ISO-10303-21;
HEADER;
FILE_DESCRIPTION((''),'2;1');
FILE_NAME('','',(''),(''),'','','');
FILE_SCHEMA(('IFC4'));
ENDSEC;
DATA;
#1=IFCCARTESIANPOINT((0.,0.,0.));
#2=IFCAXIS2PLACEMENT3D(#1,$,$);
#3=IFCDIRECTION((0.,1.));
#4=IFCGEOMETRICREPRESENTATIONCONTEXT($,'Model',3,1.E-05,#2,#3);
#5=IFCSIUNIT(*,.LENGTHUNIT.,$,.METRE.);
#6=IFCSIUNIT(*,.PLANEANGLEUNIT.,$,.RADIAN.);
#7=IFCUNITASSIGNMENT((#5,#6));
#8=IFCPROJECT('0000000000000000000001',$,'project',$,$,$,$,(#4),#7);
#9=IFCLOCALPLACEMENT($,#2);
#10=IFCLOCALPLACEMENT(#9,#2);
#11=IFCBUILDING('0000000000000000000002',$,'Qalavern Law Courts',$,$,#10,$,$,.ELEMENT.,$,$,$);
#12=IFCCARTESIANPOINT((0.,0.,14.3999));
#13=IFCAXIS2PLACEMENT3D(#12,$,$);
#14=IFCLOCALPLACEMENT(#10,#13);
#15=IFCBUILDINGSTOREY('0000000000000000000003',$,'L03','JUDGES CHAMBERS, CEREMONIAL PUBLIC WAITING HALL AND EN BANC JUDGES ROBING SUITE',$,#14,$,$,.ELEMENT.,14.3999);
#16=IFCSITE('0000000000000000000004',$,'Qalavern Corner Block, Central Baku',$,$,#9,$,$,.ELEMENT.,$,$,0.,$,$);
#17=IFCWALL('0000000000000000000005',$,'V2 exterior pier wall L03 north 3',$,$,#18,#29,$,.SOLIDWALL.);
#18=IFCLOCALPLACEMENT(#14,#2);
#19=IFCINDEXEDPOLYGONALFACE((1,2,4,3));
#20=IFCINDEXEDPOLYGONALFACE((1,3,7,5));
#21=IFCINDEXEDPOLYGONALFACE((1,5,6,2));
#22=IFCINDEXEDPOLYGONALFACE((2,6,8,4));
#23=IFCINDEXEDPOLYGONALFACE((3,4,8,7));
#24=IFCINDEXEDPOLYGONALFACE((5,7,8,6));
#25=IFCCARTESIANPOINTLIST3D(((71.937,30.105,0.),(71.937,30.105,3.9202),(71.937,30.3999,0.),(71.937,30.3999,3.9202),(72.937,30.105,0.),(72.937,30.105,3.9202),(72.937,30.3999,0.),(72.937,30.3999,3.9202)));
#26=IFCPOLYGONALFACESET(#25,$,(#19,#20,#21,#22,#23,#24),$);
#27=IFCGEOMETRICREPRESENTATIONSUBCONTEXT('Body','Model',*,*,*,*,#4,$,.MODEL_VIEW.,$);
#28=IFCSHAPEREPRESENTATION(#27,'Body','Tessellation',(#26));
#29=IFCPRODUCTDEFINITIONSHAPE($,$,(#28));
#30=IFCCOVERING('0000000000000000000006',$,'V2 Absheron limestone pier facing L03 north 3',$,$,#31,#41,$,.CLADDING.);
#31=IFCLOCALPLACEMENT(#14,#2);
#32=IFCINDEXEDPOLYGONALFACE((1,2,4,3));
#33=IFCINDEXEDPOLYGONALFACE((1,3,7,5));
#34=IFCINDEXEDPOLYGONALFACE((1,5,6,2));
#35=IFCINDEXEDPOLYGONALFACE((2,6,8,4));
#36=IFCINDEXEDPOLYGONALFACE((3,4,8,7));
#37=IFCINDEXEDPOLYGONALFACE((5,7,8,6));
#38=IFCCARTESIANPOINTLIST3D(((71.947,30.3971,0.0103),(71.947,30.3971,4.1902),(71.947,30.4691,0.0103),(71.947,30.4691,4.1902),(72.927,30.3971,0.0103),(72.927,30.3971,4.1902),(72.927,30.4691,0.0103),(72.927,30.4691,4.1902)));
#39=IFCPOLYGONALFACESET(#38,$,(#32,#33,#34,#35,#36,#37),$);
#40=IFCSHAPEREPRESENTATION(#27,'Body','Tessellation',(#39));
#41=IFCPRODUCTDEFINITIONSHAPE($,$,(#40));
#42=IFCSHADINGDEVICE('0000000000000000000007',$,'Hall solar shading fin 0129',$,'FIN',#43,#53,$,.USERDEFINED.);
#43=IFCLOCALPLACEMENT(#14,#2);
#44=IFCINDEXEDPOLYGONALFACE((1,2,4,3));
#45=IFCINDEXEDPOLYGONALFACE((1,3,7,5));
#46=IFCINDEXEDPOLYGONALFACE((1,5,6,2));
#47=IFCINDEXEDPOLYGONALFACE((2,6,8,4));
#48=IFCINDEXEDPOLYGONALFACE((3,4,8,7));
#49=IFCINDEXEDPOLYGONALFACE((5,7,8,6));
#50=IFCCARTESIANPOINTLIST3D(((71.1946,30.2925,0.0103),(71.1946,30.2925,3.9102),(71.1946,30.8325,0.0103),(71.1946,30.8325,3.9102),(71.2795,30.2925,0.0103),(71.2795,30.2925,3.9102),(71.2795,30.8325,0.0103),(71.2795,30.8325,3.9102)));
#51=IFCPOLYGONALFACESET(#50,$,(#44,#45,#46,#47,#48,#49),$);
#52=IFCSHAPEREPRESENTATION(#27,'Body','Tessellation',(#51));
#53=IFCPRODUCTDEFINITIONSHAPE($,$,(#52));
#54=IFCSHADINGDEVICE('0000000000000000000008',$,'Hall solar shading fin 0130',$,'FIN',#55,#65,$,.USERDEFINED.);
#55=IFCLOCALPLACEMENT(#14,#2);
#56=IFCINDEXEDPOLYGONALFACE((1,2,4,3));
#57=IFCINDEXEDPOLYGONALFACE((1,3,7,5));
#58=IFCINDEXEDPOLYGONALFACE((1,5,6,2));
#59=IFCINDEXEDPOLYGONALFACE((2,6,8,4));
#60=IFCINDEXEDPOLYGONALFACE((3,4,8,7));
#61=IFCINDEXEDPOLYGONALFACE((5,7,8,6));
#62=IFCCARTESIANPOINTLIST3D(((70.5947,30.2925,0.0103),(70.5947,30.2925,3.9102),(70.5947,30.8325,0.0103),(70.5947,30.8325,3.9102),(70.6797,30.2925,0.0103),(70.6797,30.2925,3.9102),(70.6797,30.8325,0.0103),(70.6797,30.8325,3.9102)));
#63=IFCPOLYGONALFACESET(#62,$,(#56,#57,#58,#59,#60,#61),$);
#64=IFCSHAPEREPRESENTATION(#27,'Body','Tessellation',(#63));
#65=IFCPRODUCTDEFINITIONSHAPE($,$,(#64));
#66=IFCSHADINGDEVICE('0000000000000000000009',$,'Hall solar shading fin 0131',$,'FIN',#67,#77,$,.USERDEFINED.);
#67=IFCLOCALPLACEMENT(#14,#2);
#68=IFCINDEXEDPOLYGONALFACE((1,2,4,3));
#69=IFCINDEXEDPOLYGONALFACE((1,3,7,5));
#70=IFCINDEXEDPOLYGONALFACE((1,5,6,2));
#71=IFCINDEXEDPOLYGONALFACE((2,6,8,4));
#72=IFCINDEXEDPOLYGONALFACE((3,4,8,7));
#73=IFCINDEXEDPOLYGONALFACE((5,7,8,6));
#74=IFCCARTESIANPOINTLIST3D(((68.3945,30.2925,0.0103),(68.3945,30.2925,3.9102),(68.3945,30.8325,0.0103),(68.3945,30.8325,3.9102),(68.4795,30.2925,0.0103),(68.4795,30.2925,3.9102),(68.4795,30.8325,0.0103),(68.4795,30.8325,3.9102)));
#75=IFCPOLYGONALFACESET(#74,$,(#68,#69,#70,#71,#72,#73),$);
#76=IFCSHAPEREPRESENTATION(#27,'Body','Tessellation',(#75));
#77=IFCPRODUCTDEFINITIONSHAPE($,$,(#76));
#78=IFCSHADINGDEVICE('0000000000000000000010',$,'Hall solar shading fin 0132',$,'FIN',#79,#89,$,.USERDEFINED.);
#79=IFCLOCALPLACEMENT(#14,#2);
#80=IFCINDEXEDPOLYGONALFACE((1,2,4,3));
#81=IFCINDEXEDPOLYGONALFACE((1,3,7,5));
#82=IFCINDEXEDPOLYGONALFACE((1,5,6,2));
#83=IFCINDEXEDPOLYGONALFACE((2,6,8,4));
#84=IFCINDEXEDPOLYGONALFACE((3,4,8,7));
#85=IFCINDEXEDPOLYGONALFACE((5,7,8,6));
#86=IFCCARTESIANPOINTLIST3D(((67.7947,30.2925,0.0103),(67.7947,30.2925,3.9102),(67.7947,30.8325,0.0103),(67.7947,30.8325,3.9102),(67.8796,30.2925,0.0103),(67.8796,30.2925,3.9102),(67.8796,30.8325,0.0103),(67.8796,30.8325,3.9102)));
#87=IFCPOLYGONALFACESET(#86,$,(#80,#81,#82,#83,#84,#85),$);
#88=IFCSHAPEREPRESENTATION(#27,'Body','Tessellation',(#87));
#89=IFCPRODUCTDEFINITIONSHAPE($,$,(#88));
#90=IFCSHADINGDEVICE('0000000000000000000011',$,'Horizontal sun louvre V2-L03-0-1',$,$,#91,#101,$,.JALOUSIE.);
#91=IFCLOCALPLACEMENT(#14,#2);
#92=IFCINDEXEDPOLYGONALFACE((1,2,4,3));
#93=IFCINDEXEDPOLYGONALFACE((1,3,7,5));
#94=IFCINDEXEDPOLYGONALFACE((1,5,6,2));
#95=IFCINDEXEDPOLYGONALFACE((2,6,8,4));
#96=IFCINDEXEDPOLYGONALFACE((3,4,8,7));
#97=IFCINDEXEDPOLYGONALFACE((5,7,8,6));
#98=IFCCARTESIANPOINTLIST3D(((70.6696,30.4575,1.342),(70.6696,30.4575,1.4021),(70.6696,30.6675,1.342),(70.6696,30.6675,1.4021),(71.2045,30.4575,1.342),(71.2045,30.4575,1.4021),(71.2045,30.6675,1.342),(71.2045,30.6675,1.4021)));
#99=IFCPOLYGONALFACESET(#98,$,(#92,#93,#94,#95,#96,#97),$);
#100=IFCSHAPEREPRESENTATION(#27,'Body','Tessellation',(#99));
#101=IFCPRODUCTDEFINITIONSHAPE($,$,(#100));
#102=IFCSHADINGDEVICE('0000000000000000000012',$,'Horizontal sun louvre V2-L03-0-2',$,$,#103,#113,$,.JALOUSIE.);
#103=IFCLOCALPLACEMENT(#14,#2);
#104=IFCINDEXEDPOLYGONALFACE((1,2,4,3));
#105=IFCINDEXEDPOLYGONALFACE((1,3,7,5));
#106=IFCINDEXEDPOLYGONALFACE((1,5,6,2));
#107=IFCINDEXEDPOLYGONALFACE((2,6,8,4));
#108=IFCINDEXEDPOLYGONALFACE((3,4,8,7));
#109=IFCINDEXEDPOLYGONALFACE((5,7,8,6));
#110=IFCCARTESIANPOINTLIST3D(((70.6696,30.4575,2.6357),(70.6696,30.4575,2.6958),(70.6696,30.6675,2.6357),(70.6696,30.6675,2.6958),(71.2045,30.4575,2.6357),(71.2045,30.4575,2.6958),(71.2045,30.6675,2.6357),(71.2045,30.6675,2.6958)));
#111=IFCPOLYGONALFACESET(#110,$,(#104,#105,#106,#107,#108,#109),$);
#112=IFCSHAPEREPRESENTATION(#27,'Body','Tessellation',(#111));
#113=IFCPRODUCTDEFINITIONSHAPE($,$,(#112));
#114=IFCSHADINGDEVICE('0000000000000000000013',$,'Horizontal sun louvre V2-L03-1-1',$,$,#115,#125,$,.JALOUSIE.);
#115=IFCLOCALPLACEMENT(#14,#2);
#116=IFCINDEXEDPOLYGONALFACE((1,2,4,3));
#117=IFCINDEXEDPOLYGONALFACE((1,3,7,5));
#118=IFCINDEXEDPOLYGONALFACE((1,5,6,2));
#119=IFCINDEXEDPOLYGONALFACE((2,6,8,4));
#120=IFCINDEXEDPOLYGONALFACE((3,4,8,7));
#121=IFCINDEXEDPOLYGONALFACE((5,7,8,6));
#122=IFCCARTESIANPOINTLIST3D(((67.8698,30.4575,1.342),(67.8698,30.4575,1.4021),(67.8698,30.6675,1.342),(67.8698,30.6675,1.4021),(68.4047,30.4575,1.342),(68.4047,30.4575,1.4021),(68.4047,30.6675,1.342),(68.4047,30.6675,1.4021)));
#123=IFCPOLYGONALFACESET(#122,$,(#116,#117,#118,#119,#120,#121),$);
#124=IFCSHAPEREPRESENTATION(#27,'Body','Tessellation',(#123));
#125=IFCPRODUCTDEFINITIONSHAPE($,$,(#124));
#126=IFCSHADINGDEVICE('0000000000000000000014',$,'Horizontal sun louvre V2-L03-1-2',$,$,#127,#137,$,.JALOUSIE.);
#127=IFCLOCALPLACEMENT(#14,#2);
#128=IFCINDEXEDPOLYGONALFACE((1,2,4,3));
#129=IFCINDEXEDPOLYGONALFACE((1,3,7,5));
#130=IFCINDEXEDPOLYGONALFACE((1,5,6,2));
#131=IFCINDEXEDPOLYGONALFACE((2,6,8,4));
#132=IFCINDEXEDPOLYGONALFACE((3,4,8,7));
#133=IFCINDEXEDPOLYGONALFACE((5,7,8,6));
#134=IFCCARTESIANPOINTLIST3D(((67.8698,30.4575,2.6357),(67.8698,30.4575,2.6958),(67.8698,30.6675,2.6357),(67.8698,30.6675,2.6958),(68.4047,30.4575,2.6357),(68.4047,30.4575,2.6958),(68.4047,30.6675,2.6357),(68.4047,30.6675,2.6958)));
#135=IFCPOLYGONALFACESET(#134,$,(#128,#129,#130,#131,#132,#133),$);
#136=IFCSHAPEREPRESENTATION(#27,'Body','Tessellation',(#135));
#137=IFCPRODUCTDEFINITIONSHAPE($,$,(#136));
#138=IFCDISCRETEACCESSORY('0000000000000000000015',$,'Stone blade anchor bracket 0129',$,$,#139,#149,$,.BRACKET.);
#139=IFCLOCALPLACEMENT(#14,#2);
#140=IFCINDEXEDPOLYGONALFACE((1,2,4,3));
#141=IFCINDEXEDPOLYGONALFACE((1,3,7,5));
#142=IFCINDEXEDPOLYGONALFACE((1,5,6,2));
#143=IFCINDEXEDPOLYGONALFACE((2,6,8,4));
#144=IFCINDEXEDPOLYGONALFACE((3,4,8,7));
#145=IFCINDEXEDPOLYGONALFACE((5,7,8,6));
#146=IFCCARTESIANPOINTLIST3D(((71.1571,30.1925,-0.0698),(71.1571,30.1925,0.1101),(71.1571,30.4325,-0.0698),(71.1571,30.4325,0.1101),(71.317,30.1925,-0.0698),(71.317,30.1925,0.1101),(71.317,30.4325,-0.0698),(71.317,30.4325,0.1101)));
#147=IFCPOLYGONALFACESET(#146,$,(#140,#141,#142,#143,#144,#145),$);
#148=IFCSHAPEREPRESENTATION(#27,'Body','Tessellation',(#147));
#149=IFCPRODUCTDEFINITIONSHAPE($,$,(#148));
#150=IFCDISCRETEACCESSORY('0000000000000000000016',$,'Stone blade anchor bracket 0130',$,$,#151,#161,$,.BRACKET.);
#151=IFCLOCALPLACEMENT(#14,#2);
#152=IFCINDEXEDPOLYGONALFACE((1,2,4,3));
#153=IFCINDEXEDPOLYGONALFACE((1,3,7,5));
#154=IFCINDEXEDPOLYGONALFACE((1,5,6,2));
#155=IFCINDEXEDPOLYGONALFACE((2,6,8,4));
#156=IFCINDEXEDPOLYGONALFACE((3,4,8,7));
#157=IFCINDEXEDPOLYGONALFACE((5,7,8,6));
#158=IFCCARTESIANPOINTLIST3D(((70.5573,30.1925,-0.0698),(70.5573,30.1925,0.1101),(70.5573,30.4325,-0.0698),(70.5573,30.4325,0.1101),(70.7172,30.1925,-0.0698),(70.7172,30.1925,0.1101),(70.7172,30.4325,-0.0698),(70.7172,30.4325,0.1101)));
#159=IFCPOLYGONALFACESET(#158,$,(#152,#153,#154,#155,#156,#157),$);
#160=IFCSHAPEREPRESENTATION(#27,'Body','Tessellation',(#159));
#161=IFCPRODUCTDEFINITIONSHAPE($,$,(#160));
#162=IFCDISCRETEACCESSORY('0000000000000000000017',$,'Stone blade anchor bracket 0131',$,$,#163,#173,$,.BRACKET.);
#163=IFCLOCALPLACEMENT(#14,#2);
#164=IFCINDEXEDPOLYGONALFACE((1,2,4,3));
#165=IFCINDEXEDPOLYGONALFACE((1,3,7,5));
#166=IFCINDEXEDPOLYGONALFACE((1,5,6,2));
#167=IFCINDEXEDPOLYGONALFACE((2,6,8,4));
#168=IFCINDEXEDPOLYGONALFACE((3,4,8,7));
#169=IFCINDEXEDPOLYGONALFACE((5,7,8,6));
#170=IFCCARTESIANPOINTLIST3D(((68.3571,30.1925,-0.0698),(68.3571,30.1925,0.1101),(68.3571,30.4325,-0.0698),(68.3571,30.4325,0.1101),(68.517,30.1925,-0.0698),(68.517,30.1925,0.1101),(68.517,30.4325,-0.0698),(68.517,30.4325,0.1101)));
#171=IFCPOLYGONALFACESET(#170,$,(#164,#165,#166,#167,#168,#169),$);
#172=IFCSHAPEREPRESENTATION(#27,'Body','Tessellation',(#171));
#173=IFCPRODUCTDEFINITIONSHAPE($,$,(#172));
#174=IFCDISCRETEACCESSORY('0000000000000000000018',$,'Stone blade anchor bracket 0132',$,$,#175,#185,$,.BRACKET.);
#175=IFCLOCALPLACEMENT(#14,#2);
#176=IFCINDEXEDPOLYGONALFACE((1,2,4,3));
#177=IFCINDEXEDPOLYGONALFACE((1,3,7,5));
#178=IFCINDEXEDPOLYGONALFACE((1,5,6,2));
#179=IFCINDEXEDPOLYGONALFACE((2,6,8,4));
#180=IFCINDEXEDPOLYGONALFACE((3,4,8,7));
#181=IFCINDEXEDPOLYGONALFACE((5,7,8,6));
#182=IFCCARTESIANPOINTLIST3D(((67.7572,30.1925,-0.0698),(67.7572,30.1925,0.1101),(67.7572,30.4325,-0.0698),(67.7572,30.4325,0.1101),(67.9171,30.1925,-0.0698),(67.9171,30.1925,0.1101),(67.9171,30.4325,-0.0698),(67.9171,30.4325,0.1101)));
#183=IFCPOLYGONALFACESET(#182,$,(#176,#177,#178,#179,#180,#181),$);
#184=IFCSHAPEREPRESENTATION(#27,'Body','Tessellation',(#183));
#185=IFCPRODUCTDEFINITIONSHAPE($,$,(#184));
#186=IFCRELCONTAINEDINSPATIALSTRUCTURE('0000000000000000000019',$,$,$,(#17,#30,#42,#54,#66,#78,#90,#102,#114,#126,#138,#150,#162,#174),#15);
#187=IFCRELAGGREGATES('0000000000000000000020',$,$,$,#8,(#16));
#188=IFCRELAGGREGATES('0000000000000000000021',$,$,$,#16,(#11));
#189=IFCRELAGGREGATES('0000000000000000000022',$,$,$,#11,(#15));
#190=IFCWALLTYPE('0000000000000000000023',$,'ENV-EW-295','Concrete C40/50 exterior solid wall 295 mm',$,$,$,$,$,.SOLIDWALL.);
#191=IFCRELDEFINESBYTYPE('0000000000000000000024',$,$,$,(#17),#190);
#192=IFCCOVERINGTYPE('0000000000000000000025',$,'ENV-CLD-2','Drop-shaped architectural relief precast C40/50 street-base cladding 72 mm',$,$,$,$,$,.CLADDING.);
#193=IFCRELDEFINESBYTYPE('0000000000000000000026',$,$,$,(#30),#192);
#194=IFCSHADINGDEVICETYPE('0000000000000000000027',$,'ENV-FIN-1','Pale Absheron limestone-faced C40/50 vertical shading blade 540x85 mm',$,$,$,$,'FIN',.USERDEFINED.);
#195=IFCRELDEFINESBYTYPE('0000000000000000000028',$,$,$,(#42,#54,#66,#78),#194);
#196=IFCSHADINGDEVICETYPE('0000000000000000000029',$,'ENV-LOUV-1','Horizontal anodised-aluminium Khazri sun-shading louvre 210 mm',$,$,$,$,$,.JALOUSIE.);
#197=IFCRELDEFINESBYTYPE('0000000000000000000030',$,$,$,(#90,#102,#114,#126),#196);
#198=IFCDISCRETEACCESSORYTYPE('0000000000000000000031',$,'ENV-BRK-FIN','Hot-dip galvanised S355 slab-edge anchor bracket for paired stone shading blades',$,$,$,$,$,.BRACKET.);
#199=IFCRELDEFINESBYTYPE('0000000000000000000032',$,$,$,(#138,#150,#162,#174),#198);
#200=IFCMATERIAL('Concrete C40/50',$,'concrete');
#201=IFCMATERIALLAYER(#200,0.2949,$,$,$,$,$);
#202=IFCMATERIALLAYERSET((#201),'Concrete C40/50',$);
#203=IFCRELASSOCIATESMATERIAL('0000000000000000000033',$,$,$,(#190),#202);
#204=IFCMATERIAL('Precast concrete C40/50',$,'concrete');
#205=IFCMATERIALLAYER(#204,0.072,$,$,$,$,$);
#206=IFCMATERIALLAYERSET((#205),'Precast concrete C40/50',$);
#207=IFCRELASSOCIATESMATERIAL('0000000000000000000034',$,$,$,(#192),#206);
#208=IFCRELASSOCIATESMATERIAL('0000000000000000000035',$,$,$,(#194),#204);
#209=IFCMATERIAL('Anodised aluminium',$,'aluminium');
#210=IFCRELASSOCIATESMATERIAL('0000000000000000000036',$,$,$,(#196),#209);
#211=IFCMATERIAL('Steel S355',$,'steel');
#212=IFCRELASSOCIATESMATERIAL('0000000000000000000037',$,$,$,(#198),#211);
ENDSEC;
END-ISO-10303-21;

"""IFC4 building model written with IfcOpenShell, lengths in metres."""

from ifc_helpers import new_model, si_unit, direction, frame, frame_2d, origin, origin_2d, place, context, subcontext, project, spatial, rectangle, extrude, material, layer, layer_set, type_object, element, save


model = new_model("IFC4")

# Units and contexts
model_context = context("Model", 3, precision=1e-05, world=origin(), true_north=direction((0.0, 1.0)))
body_context = subcontext(model_context, "Body", "Model", "MODEL_VIEW")
ifc_project = project(units=[si_unit("LENGTHUNIT", "METRE"), si_unit("PLANEANGLEUNIT", "RADIAN")], contexts=[model_context])

# Site, building, storey
site_placement = place(None, origin())
site = spatial("IfcSite", under=ifc_project, at=site_placement, Name="Qalavern Corner Block, Central Baku", CompositionType="ELEMENT", RefElevation=0.0)
building_placement = place(site_placement, origin())
building = spatial("IfcBuilding", under=site, at=building_placement, Name="Qalavern Law Courts", CompositionType="ELEMENT")
storey_placement = place(building_placement, frame((0.0, 0.0, 14.3999)))
storey = spatial("IfcBuildingStorey", under=building, at=storey_placement, Name="L03", Description="JUDGES CHAMBERS, CEREMONIAL PUBLIC WAITING HALL AND EN BANC JUDGES ROBING SUITE", CompositionType="ELEMENT", Elevation=14.3999)

# Shared definitions
ifc_material_1 = material(Name="Anodised aluminium", Category="aluminium")

# Wall
ifc_material_2 = material(Name="Concrete C40/50", Category="concrete")
ifc_layer_1 = layer(ifc_material_2, 0.2949)
ifc_layer_set_1 = layer_set([ifc_layer_1], Name="Concrete C40/50")
wall_type = type_object("IfcWallType", Name="ENV-EW-295", Description="Concrete C40/50 exterior solid wall 295 mm", PredefinedType="SOLIDWALL", material=ifc_layer_set_1)
wall_placement = place(storey_placement, frame((72.937, 30.2524, 0.0), z_axis=(0.0, 0.0, 1.0), x_axis=(-1.0, 0.0, 0.0)))
element("IfcWall", 1, at=wall_placement, inside=storey, type_object=wall_type, Name="V2 exterior pier wall L03 north 3", PredefinedType="SOLIDWALL", context=body_context, shape_type="SweptSolid", body=[
    extrude(rectangle(XDim=1.0, YDim=0.2949, at=frame_2d((0.5, 0.0))), origin(), (0.0, 0.0, 1.0), 3.9202),
])

# Covering
ifc_material_3 = material(Name="Precast concrete C40/50", Category="concrete")
ifc_layer_2 = layer(ifc_material_3, 0.072)
ifc_layer_set_2 = layer_set([ifc_layer_2], Name="Precast concrete C40/50")
covering_type = type_object("IfcCoveringType", Name="ENV-CLD-2", Description="Drop-shaped architectural relief precast C40/50 street-base cladding 72 mm", PredefinedType="CLADDING", material=ifc_layer_set_2)
covering_placement = place(storey_placement, frame((72.437, 30.4331, 0.0103), z_axis=(0.0, 0.0, 1.0), x_axis=(-1.0, 0.0, 0.0)))
element("IfcCovering", 2, at=covering_placement, inside=storey, type_object=covering_type, Name="V2 Absheron limestone pier facing L03 north 3", PredefinedType="CLADDING", context=body_context, shape_type="SweptSolid", body=[
    extrude(rectangle(XDim=0.98, YDim=0.072, at=origin_2d()), origin(), (0.0, 0.0, 1.0), 4.1799),
])

# Shading devices
shading_device_type_1 = type_object("IfcShadingDeviceType", Name="ENV-FIN-1", Description="Pale Absheron limestone-faced C40/50 vertical shading blade 540x85 mm", ElementType="FIN", PredefinedType="USERDEFINED", material=ifc_material_3)
for number, where, z_axis, x_axis, name in (
    (3, (71.2371, 30.5625, 0.0103), (0.0, 0.0, 1.0), (0.0, 1.0, 0.0), "Hall solar shading fin 0129"),
    (4, (70.6372, 30.5625, 0.0103), (0.0, 0.0, 1.0), (0.0, 1.0, 0.0), "Hall solar shading fin 0130"),
    (5, (68.437, 30.5625, 0.0103), (0.0, 0.0, 1.0), (0.0, 1.0, 0.0), "Hall solar shading fin 0131"),
    (6, (67.8372, 30.5625, 0.0103), (0.0, 0.0, 1.0), (0.0, 1.0, 0.0), "Hall solar shading fin 0132"),
):
    element("IfcShadingDevice", number, at=place(storey_placement, frame(where, z_axis=z_axis, x_axis=x_axis)), inside=storey, type_object=shading_device_type_1, Name=name, ObjectType="FIN", PredefinedType="USERDEFINED", context=body_context, shape_type="SweptSolid", body=[
        extrude(rectangle(XDim=0.54, YDim=0.085, at=origin_2d()), origin(), (0.0, 0.0, 1.0), 3.8999),
    ])
shading_device_type_2 = type_object("IfcShadingDeviceType", Name="ENV-LOUV-1", Description="Horizontal anodised-aluminium Khazri sun-shading louvre 210 mm", PredefinedType="JALOUSIE", material=ifc_material_1)
for number, where, z_axis, x_axis, name in (
    (7, (70.937, 30.5625, 1.342), (0.0, 0.0, 1.0), (-1.0, 0.0, 0.0), "Horizontal sun louvre V2-L03-0-1"),
    (8, (70.937, 30.5625, 2.6357), (0.0, 0.0, 1.0), (-1.0, 0.0, 0.0), "Horizontal sun louvre V2-L03-0-2"),
    (9, (68.1372, 30.5625, 1.342), (0.0, 0.0, 1.0), (-1.0, 0.0, 0.0), "Horizontal sun louvre V2-L03-1-1"),
    (10, (68.1372, 30.5625, 2.6357), (0.0, 0.0, 1.0), (-1.0, 0.0, 0.0), "Horizontal sun louvre V2-L03-1-2"),
):
    element("IfcShadingDevice", number, at=place(storey_placement, frame(where, z_axis=z_axis, x_axis=x_axis)), inside=storey, type_object=shading_device_type_2, Name=name, PredefinedType="JALOUSIE", context=body_context, shape_type="SweptSolid", body=[
        extrude(rectangle(XDim=0.5349, YDim=0.21, at=origin_2d()), origin(), (0.0, 0.0, 1.0), 0.0601),
    ])

# Discrete accessories
ifc_material_4 = material(Name="Steel S355", Category="steel")
discrete_accessory_type = type_object("IfcDiscreteAccessoryType", Name="ENV-BRK-FIN", Description="Hot-dip galvanised S355 slab-edge anchor bracket for paired stone shading blades", PredefinedType="BRACKET", material=ifc_material_4)
for number, where, z_axis, x_axis, name in (
    (11, (71.2371, 30.3125, -0.0698), (0.0, 0.0, 1.0), (0.0, 1.0, 0.0), "Stone blade anchor bracket 0129"),
    (12, (70.6372, 30.3125, -0.0698), (0.0, 0.0, 1.0), (0.0, 1.0, 0.0), "Stone blade anchor bracket 0130"),
    (13, (68.437, 30.3125, -0.0698), (0.0, 0.0, 1.0), (0.0, 1.0, 0.0), "Stone blade anchor bracket 0131"),
    (14, (67.8372, 30.3125, -0.0698), (0.0, 0.0, 1.0), (0.0, 1.0, 0.0), "Stone blade anchor bracket 0132"),
):
    element("IfcDiscreteAccessory", number, at=place(storey_placement, frame(where, z_axis=z_axis, x_axis=x_axis)), inside=storey, type_object=discrete_accessory_type, Name=name, PredefinedType="BRACKET", context=body_context, shape_type="SweptSolid", body=[
        extrude(rectangle(XDim=0.24, YDim=0.1599, at=origin_2d()), origin(), (0.0, 0.0, 1.0), 0.1799),
    ])

save(model, "model.ifc")
